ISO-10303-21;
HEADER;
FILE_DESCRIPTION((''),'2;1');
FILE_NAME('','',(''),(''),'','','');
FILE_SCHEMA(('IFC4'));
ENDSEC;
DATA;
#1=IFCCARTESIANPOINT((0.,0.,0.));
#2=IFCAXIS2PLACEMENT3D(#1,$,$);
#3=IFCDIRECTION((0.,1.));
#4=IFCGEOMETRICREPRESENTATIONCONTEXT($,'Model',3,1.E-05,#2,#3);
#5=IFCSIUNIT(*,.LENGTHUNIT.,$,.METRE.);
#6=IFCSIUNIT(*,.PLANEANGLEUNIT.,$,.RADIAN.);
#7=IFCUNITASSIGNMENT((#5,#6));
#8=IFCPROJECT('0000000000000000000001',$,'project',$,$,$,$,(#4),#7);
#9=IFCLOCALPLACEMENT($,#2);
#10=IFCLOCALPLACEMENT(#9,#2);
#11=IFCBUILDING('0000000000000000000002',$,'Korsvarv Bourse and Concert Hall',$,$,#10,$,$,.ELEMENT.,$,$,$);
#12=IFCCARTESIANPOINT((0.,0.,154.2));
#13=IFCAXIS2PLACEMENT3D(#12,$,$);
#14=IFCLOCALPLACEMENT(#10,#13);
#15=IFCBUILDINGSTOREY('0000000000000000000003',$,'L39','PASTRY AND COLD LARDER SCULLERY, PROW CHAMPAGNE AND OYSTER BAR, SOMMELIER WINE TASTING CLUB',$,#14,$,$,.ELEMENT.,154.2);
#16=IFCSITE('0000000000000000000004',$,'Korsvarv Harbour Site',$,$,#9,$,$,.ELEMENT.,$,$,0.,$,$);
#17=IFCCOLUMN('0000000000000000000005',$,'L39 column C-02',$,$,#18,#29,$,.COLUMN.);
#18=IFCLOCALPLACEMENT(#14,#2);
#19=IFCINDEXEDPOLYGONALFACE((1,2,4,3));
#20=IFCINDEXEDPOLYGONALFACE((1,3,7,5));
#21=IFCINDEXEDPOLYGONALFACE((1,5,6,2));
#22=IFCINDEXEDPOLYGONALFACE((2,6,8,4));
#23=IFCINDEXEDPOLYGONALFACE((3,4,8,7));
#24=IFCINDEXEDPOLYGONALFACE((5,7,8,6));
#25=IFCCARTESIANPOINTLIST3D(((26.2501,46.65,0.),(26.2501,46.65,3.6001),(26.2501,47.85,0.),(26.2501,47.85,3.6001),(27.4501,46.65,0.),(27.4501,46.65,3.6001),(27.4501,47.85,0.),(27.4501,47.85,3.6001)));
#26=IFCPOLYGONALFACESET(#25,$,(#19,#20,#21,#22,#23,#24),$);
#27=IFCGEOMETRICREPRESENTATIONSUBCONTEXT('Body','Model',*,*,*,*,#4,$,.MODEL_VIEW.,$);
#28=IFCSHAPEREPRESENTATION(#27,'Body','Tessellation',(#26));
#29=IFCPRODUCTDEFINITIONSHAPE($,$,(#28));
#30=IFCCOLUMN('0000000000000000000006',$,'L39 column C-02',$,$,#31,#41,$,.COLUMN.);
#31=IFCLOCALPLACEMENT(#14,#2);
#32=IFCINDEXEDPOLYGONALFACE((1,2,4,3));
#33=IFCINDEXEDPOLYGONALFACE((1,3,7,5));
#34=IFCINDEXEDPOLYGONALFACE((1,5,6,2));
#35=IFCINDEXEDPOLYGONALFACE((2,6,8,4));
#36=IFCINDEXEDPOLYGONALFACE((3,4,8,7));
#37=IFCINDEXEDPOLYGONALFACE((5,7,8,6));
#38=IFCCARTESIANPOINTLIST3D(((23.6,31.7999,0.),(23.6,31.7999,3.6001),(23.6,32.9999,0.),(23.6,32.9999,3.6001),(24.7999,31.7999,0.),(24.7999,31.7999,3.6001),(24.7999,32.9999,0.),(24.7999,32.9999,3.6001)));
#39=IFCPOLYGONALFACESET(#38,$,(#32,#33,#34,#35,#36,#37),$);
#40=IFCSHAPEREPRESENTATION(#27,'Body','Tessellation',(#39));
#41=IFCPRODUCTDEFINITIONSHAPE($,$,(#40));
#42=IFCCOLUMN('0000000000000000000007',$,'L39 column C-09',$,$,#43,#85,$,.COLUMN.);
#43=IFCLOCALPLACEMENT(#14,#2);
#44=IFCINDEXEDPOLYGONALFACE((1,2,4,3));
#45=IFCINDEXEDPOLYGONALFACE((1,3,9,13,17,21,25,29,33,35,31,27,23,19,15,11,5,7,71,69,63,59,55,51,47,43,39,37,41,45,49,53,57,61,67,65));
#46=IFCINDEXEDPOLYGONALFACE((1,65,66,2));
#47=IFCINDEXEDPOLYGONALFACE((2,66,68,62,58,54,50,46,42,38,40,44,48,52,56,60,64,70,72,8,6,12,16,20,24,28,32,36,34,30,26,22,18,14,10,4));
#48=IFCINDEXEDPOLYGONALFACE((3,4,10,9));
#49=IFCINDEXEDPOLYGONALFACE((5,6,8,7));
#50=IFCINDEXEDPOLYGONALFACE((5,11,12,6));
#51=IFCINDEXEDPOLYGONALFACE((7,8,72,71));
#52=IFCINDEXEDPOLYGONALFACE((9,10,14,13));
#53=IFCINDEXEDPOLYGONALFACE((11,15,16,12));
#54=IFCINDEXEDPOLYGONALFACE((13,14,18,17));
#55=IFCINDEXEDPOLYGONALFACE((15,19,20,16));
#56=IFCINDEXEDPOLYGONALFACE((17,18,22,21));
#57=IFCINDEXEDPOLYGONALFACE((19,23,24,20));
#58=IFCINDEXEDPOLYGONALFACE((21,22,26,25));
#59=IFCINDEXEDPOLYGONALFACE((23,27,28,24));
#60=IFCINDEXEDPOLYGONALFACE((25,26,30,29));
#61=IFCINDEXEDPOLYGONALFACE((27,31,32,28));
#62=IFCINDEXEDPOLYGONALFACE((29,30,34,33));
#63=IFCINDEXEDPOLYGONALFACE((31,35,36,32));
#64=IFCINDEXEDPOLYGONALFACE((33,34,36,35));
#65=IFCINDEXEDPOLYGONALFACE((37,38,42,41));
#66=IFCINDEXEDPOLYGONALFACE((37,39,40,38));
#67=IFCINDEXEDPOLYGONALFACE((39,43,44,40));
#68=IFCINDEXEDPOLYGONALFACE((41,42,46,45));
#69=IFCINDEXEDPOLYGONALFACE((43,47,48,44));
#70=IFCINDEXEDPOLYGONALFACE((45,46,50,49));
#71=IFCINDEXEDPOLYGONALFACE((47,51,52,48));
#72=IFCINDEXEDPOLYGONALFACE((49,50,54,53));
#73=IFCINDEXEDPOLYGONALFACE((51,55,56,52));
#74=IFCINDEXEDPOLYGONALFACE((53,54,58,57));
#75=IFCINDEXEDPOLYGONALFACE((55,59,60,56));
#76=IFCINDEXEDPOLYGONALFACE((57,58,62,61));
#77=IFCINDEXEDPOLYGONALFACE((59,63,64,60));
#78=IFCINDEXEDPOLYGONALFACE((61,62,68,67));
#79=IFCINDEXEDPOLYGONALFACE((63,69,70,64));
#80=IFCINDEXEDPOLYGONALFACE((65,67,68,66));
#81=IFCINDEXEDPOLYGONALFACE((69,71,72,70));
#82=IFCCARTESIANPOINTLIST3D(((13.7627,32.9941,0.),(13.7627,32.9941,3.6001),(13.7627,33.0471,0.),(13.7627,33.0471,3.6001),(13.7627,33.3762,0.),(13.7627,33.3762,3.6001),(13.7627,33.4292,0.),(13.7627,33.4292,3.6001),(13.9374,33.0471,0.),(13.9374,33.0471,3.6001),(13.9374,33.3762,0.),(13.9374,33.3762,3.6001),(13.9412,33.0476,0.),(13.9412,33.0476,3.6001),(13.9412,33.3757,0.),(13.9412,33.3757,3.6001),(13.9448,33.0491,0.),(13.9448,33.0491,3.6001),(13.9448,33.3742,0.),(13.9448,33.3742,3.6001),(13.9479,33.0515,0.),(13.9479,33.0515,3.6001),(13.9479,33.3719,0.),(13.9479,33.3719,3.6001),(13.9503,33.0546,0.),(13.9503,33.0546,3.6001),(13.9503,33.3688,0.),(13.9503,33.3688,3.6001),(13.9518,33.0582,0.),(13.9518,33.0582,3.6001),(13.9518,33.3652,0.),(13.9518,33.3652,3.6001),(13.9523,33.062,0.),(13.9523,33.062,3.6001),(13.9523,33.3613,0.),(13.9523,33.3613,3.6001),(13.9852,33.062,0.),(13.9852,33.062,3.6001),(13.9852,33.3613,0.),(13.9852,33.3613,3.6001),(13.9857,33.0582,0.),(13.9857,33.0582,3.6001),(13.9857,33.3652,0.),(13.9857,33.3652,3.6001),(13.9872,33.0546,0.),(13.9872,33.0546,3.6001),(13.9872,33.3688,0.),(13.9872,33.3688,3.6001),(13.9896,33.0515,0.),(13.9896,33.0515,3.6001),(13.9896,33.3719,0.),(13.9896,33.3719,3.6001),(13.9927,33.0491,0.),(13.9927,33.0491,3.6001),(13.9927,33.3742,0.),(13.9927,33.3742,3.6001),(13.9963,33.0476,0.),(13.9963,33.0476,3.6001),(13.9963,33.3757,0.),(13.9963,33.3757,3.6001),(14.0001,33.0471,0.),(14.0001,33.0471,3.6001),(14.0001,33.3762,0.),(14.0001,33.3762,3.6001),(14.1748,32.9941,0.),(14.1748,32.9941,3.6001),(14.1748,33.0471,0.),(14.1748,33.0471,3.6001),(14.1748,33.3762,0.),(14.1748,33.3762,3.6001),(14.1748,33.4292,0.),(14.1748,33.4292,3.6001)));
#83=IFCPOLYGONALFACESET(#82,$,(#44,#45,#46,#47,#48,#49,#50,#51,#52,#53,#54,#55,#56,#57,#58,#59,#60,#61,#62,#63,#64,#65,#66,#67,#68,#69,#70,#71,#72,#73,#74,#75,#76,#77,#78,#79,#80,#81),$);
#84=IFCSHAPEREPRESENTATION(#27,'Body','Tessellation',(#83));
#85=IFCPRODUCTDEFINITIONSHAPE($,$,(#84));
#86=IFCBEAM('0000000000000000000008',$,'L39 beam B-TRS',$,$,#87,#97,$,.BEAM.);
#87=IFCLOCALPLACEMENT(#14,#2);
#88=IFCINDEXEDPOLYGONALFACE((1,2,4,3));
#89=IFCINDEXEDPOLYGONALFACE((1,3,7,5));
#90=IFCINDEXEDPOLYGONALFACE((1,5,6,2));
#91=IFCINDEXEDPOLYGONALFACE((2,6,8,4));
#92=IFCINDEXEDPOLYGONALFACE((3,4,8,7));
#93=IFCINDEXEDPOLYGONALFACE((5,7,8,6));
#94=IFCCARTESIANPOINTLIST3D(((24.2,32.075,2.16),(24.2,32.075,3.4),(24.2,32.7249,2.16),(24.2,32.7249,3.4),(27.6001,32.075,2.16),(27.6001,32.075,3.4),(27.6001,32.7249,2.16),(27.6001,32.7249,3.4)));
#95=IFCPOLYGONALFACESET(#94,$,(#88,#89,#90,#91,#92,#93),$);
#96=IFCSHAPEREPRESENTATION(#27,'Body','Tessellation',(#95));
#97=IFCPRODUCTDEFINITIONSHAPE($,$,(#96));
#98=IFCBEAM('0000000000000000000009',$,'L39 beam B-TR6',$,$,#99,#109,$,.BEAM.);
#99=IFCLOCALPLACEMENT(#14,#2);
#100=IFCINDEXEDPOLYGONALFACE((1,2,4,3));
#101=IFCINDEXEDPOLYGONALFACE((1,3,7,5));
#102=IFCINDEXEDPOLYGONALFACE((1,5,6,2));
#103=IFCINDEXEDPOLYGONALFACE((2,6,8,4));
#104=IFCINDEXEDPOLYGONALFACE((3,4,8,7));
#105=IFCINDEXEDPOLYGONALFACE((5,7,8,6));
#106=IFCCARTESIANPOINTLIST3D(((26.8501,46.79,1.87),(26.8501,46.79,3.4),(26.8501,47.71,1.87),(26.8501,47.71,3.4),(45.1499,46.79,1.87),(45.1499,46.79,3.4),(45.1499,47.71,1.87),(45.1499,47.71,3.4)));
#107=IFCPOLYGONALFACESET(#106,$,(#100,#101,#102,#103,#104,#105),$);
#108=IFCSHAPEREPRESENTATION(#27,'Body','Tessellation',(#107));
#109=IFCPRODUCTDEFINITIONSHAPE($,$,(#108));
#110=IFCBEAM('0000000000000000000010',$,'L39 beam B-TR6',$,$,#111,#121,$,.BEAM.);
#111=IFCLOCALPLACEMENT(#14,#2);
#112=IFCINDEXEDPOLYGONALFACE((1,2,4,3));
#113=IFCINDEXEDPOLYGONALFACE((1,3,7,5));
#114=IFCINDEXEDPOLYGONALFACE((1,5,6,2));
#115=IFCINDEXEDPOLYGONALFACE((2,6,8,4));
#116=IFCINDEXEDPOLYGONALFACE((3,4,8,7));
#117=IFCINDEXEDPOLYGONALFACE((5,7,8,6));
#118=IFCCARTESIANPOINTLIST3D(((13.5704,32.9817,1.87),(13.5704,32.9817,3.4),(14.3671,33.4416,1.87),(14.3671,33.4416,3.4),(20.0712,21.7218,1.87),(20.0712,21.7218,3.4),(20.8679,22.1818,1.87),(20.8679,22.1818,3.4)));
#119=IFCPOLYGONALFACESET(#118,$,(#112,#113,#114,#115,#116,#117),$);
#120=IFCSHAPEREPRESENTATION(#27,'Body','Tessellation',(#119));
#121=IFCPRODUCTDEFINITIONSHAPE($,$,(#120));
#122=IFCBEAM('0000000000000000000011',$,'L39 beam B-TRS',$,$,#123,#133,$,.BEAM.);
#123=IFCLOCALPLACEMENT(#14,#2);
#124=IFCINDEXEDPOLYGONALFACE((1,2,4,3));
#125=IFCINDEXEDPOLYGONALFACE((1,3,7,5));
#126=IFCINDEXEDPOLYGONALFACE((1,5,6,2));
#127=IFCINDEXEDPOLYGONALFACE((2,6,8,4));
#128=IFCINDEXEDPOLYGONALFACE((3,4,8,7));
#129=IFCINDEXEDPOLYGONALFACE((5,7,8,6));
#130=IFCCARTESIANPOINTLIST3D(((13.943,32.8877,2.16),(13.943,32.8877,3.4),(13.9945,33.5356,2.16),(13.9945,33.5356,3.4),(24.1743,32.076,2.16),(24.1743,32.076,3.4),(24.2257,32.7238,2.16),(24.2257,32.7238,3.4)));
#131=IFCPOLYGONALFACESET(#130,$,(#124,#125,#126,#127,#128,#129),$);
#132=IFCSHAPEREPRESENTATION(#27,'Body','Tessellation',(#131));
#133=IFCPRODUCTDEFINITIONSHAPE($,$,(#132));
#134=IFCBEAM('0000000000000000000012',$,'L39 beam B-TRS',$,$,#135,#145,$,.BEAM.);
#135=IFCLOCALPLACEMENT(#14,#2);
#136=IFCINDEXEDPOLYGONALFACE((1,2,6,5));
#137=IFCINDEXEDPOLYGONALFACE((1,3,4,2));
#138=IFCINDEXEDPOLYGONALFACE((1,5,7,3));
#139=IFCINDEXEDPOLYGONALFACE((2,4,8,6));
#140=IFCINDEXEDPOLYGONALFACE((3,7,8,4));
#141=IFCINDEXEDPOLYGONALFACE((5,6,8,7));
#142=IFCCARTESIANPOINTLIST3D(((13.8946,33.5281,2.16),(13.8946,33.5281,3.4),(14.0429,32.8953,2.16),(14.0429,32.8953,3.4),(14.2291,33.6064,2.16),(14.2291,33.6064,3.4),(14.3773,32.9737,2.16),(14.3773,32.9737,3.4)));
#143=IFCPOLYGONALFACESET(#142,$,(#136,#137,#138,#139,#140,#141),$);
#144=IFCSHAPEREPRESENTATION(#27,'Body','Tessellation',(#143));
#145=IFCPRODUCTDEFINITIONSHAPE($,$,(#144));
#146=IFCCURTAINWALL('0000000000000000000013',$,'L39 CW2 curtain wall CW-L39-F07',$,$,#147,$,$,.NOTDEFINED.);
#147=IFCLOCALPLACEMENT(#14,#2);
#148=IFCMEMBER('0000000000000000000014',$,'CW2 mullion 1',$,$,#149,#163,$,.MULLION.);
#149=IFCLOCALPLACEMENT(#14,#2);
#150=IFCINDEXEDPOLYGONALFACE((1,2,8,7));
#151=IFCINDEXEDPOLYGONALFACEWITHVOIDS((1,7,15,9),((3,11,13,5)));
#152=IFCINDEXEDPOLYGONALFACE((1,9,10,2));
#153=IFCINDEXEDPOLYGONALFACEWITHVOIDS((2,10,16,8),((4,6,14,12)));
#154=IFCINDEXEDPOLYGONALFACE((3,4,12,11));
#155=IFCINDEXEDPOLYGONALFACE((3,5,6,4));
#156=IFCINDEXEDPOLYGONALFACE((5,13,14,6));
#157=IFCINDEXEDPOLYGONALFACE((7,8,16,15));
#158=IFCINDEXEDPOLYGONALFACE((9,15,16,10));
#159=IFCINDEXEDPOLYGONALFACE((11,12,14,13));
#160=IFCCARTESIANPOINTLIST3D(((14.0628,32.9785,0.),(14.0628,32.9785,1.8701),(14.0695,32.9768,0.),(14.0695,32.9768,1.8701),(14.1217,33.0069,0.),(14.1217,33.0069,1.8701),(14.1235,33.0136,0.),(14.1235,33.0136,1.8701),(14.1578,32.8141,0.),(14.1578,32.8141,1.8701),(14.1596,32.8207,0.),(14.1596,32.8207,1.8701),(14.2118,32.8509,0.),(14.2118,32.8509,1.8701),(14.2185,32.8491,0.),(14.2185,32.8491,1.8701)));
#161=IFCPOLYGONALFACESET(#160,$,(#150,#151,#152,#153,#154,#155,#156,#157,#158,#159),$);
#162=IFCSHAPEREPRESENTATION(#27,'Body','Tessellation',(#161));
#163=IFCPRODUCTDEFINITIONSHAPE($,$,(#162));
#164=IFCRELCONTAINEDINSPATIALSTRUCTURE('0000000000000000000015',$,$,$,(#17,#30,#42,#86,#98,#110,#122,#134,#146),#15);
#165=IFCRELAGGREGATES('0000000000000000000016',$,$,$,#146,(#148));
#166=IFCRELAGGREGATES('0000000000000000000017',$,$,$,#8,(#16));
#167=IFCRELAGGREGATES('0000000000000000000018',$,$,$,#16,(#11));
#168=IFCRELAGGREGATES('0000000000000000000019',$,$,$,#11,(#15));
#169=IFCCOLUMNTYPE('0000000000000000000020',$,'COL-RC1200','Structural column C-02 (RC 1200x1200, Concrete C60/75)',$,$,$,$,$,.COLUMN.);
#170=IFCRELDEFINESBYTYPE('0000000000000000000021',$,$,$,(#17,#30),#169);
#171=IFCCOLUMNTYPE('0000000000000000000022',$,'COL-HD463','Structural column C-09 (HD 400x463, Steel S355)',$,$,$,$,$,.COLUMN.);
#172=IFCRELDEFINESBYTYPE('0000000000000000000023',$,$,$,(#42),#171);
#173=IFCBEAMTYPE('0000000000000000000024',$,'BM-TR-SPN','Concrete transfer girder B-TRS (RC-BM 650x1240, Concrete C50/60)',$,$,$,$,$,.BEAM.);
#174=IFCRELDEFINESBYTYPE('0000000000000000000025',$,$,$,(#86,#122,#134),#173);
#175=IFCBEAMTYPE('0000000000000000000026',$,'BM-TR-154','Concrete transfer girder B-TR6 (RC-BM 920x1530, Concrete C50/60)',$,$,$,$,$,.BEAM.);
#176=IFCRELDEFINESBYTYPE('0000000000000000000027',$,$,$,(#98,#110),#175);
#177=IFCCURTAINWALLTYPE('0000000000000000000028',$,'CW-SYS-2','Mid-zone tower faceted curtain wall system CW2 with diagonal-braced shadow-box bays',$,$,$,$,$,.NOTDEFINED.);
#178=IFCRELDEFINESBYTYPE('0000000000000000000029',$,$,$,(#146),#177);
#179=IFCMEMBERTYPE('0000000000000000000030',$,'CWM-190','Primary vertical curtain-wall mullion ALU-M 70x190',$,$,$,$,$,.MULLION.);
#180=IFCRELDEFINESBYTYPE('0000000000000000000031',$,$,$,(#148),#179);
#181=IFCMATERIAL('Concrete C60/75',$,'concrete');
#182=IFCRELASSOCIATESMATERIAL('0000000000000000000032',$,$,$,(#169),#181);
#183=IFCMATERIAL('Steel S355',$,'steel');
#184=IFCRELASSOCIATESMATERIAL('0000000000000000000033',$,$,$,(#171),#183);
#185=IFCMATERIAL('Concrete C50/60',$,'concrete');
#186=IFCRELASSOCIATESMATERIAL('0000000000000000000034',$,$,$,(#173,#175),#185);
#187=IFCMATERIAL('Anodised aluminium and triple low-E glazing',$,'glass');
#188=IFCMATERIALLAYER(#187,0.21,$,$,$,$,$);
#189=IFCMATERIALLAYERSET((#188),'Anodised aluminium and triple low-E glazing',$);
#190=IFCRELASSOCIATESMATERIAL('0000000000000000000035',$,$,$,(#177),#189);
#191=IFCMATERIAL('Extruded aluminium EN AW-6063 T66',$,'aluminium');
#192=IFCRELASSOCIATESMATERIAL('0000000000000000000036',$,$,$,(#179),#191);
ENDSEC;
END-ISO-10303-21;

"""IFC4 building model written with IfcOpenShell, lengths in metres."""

from ifc_helpers import new_model, si_unit, direction, frame, origin, origin_2d, place, context, subcontext, project, spatial, rectangle, hollow_rectangle, i_section, extrude, source, transform, mapped, material, layer, layer_set, material_profile, profile_set, type_object, element, aggregate, save


model = new_model("IFC4")

# Units and contexts
model_context = context("Model", 3, precision=1e-05, world=origin(), true_north=direction((0.0, 1.0)))
body_context = subcontext(model_context, "Body", "Model", "MODEL_VIEW")
ifc_project = project(units=[si_unit("LENGTHUNIT", "METRE"), si_unit("PLANEANGLEUNIT", "RADIAN")], contexts=[model_context])

# Site, building, storey
site_placement = place(None, origin())
site = spatial("IfcSite", under=ifc_project, at=site_placement, Name="Korsvarv Harbour Site", CompositionType="ELEMENT", RefElevation=0.0)
building_placement = place(site_placement, origin())
building = spatial("IfcBuilding", under=site, at=building_placement, Name="Korsvarv Bourse and Concert Hall", CompositionType="ELEMENT")
storey_placement = place(building_placement, frame((0.0, 0.0, 154.2)))
storey = spatial("IfcBuildingStorey", under=building, at=storey_placement, Name="L39", Description="PASTRY AND COLD LARDER SCULLERY, PROW CHAMPAGNE AND OYSTER BAR, SOMMELIER WINE TASTING CLUB", CompositionType="ELEMENT", Elevation=154.2)

# Columns
ifc_material_1 = material(Name="Concrete C60/75", Category="concrete")
ifc_material_profile_1 = material_profile(ifc_material_1, rectangle(XDim=1.2, YDim=1.2, at=origin_2d()), Name="RC 1200x1200")
ifc_profile_set_1 = profile_set([ifc_material_profile_1], Name="Concrete C60/75")
column_type_1 = type_object("IfcColumnType", Name="COL-RC1200", Description="Structural column C-02 (RC 1200x1200, Concrete C60/75)", PredefinedType="COLUMN", material=ifc_profile_set_1)
shared_shape_1 = source(origin(), body_context, "Body", "SweptSolid", [
    extrude(rectangle(XDim=1.2, YDim=1.2, at=origin_2d()), origin(), (0.0, 0.0, 1.0), 3.6001),
])
for number, where, z_axis, x_axis, name in (
    (1, (26.8501, 47.25, 0.0), (0.0, 0.0, 1.0), (1.0, 0.0, 0.0), "L39 column C-02"),
    (2, (24.2, 32.3999, 0.0), (0.0, 0.0, 1.0), (1.0, 0.0, 0.0), "L39 column C-02"),
):
    element("IfcColumn", number, at=place(storey_placement, frame(where, z_axis=z_axis, x_axis=x_axis)), inside=storey, type_object=column_type_1, Name=name, PredefinedType="COLUMN", context=body_context, shape_type="MappedRepresentation", body=[
        mapped(shared_shape_1, transform((0.0, 0.0, 0.0), scale=1.0)),
    ])
ifc_material_2 = material(Name="Steel S355", Category="steel")
ifc_material_profile_2 = material_profile(ifc_material_2, i_section(OverallWidth=0.4121, OverallDepth=0.4351, WebThickness=0.033, FlangeThickness=0.053, FilletRadius=0.0149, at=origin_2d()), Name="HD 400x463")
ifc_profile_set_2 = profile_set([ifc_material_profile_2], Name="Steel S355")
column_type_2 = type_object("IfcColumnType", Name="COL-HD463", Description="Structural column C-09 (HD 400x463, Steel S355)", PredefinedType="COLUMN", material=ifc_profile_set_2)
shared_shape_2 = source(origin(), body_context, "Body", "SweptSolid", [
    extrude(i_section(OverallWidth=0.4121, OverallDepth=0.4351, WebThickness=0.033, FlangeThickness=0.053, FilletRadius=0.0149, at=origin_2d()), origin(), (0.0, 0.0, 1.0), 3.6001),
])
column_placement = place(storey_placement, frame((13.9688, 33.2117, 0.0), z_axis=(0.0, 0.0, 1.0), x_axis=(1.0, 0.0, 0.0)))
element("IfcColumn", 3, at=column_placement, inside=storey, type_object=column_type_2, Name="L39 column C-09", PredefinedType="COLUMN", context=body_context, shape_type="MappedRepresentation", body=[
    mapped(shared_shape_2, transform((0.0, 0.0, 0.0), scale=1.0)),
])

# Beams
ifc_material_3 = material(Name="Concrete C50/60", Category="concrete")
ifc_material_profile_3 = material_profile(ifc_material_3, rectangle(XDim=0.6499, YDim=1.24, at=origin_2d()), Name="RC-BM 650x1240")
ifc_profile_set_3 = profile_set([ifc_material_profile_3], Name="Concrete C50/60")
beam_type_1 = type_object("IfcBeamType", Name="BM-TR-SPN", Description="Concrete transfer girder B-TRS (RC-BM 650x1240, Concrete C50/60)", PredefinedType="BEAM", material=ifc_profile_set_3)
shared_shape_3 = source(origin(), body_context, "Body", "SweptSolid", [
    extrude(rectangle(XDim=0.6499, YDim=1.24, at=origin_2d()), origin(), (0.0, 0.0, 1.0), 3.4001),
])
beam_1_placement = place(storey_placement, frame((24.2, 32.3999, 2.78), z_axis=(1.0, 0.0, 0.0), x_axis=(0.0, 1.0, 0.0)))
element("IfcBeam", 4, at=beam_1_placement, inside=storey, type_object=beam_type_1, Name="L39 beam B-TRS", PredefinedType="BEAM", context=body_context, shape_type="MappedRepresentation", body=[
    mapped(shared_shape_3, transform((0.0, 0.0, 0.0), scale=1.0)),
])
ifc_material_profile_4 = material_profile(ifc_material_3, rectangle(XDim=0.9199, YDim=1.53, at=origin_2d()), Name="RC-BM 920x1530")
ifc_profile_set_4 = profile_set([ifc_material_profile_4], Name="Concrete C50/60")
beam_type_2 = type_object("IfcBeamType", Name="BM-TR-154", Description="Concrete transfer girder B-TR6 (RC-BM 920x1530, Concrete C50/60)", PredefinedType="BEAM", material=ifc_profile_set_4)
shared_shape_4 = source(origin(), body_context, "Body", "SweptSolid", [
    extrude(rectangle(XDim=0.9199, YDim=1.53, at=origin_2d()), origin(), (0.0, 0.0, 1.0), 18.2998),
])
beam_2_placement = place(storey_placement, frame((26.8501, 47.25, 2.635), z_axis=(1.0, 0.0, 0.0), x_axis=(0.0, 1.0, 0.0)))
element("IfcBeam", 5, at=beam_2_placement, inside=storey, type_object=beam_type_2, Name="L39 beam B-TR6", PredefinedType="BEAM", context=body_context, shape_type="MappedRepresentation", body=[
    mapped(shared_shape_4, transform((0.0, 0.0, 0.0), scale=1.0)),
])
shared_shape_5 = source(origin(), body_context, "Body", "SweptSolid", [
    extrude(rectangle(XDim=0.9199, YDim=1.53, at=origin_2d()), origin(), (0.0, 0.0, 1.0), 13.0017),
])
beam_3_placement = place(storey_placement, frame((13.9688, 33.2117, 2.635), z_axis=(0.499994, -0.866029, 0.0), x_axis=(0.866029, 0.499994, 0.0)))
element("IfcBeam", 6, at=beam_3_placement, inside=storey, type_object=beam_type_2, Name="L39 beam B-TR6", PredefinedType="BEAM", context=body_context, shape_type="MappedRepresentation", body=[
    mapped(shared_shape_5, transform((0.0, 0.0, 0.0), scale=1.0)),
])
shared_shape_6 = source(origin(), body_context, "Body", "SweptSolid", [
    extrude(rectangle(XDim=0.6499, YDim=1.24, at=origin_2d()), origin(), (0.0, 0.0, 1.0), 10.2634),
])
beam_4_placement = place(storey_placement, frame((13.9688, 33.2117, 2.78), z_axis=(0.996867, -0.079094, 0.0), x_axis=(0.079094, 0.996867, 0.0)))
element("IfcBeam", 7, at=beam_4_placement, inside=storey, type_object=beam_type_1, Name="L39 beam B-TRS", PredefinedType="BEAM", context=body_context, shape_type="MappedRepresentation", body=[
    mapped(shared_shape_6, transform((0.0, 0.0, 0.0), scale=1.0)),
])
shared_shape_7 = source(origin(), body_context, "Body", "SweptSolid", [
    extrude(rectangle(XDim=0.6499, YDim=1.24, at=origin_2d()), origin(), (0.0, 0.0, 1.0), 0.3435),
])
beam_5_placement = place(storey_placement, frame((13.9688, 33.2117, 2.78), z_axis=(0.973631, 0.228128, 0.0), x_axis=(-0.228128, 0.973631, 0.0)))
element("IfcBeam", 8, at=beam_5_placement, inside=storey, type_object=beam_type_1, Name="L39 beam B-TRS", PredefinedType="BEAM", context=body_context, shape_type="MappedRepresentation", body=[
    mapped(shared_shape_7, transform((0.0, 0.0, 0.0), scale=1.0)),
])

# Curtain wall, member
ifc_material_4 = material(Name="Anodised aluminium and triple low-E glazing", Category="glass")
ifc_layer_1 = layer(ifc_material_4, 0.21)
ifc_layer_set_1 = layer_set([ifc_layer_1], Name="Anodised aluminium and triple low-E glazing")
curtain_wall_type = type_object("IfcCurtainWallType", Name="CW-SYS-2", Description="Mid-zone tower faceted curtain wall system CW2 with diagonal-braced shadow-box bays", PredefinedType="NOTDEFINED", material=ifc_layer_set_1)
curtain_wall_placement = place(storey_placement, origin())
curtain_wall = element("IfcCurtainWall", 9, at=curtain_wall_placement, inside=storey, type_object=curtain_wall_type, Name="L39 CW2 curtain wall CW-L39-F07", PredefinedType="NOTDEFINED")
ifc_material_5 = material(Name="Extruded aluminium EN AW-6063 T66", Category="aluminium")
ifc_material_profile_5 = material_profile(ifc_material_5, hollow_rectangle(XDim=0.0701, YDim=0.1899, WallThickness=0.0049, at=origin_2d()), Name="ALU-M 70x190")
ifc_profile_set_5 = profile_set([ifc_material_profile_5], Name="Extruded aluminium EN AW-6063 T66")
member_type_1 = type_object("IfcMemberType", Name="CWM-190", Description="Primary vertical curtain-wall mullion ALU-M 70x190", PredefinedType="MULLION", material=ifc_profile_set_5)
shared_shape_8 = source(origin(), body_context, "Body", "SweptSolid", [
    extrude(hollow_rectangle(XDim=0.0701, YDim=0.1899, WallThickness=0.0049, at=origin_2d()), origin(), (0.0, 0.0, 1.0), 1.8701),
])
member_1_placement = place(storey_placement, frame((14.1406, 32.9138, 0.0), z_axis=(0.0, 0.0, 1.0), x_axis=(0.866022, 0.500006, 0.0)))
member_1 = element("IfcMember", 10, at=member_1_placement, type_object=member_type_1, Name="CW2 mullion 1", PredefinedType="MULLION", context=body_context, shape_type="MappedRepresentation", body=[
    mapped(shared_shape_8, transform((0.0, 0.0, 0.0), scale=1.0)),
])
aggregate(curtain_wall, [member_1])

save(model, "model.ifc")
